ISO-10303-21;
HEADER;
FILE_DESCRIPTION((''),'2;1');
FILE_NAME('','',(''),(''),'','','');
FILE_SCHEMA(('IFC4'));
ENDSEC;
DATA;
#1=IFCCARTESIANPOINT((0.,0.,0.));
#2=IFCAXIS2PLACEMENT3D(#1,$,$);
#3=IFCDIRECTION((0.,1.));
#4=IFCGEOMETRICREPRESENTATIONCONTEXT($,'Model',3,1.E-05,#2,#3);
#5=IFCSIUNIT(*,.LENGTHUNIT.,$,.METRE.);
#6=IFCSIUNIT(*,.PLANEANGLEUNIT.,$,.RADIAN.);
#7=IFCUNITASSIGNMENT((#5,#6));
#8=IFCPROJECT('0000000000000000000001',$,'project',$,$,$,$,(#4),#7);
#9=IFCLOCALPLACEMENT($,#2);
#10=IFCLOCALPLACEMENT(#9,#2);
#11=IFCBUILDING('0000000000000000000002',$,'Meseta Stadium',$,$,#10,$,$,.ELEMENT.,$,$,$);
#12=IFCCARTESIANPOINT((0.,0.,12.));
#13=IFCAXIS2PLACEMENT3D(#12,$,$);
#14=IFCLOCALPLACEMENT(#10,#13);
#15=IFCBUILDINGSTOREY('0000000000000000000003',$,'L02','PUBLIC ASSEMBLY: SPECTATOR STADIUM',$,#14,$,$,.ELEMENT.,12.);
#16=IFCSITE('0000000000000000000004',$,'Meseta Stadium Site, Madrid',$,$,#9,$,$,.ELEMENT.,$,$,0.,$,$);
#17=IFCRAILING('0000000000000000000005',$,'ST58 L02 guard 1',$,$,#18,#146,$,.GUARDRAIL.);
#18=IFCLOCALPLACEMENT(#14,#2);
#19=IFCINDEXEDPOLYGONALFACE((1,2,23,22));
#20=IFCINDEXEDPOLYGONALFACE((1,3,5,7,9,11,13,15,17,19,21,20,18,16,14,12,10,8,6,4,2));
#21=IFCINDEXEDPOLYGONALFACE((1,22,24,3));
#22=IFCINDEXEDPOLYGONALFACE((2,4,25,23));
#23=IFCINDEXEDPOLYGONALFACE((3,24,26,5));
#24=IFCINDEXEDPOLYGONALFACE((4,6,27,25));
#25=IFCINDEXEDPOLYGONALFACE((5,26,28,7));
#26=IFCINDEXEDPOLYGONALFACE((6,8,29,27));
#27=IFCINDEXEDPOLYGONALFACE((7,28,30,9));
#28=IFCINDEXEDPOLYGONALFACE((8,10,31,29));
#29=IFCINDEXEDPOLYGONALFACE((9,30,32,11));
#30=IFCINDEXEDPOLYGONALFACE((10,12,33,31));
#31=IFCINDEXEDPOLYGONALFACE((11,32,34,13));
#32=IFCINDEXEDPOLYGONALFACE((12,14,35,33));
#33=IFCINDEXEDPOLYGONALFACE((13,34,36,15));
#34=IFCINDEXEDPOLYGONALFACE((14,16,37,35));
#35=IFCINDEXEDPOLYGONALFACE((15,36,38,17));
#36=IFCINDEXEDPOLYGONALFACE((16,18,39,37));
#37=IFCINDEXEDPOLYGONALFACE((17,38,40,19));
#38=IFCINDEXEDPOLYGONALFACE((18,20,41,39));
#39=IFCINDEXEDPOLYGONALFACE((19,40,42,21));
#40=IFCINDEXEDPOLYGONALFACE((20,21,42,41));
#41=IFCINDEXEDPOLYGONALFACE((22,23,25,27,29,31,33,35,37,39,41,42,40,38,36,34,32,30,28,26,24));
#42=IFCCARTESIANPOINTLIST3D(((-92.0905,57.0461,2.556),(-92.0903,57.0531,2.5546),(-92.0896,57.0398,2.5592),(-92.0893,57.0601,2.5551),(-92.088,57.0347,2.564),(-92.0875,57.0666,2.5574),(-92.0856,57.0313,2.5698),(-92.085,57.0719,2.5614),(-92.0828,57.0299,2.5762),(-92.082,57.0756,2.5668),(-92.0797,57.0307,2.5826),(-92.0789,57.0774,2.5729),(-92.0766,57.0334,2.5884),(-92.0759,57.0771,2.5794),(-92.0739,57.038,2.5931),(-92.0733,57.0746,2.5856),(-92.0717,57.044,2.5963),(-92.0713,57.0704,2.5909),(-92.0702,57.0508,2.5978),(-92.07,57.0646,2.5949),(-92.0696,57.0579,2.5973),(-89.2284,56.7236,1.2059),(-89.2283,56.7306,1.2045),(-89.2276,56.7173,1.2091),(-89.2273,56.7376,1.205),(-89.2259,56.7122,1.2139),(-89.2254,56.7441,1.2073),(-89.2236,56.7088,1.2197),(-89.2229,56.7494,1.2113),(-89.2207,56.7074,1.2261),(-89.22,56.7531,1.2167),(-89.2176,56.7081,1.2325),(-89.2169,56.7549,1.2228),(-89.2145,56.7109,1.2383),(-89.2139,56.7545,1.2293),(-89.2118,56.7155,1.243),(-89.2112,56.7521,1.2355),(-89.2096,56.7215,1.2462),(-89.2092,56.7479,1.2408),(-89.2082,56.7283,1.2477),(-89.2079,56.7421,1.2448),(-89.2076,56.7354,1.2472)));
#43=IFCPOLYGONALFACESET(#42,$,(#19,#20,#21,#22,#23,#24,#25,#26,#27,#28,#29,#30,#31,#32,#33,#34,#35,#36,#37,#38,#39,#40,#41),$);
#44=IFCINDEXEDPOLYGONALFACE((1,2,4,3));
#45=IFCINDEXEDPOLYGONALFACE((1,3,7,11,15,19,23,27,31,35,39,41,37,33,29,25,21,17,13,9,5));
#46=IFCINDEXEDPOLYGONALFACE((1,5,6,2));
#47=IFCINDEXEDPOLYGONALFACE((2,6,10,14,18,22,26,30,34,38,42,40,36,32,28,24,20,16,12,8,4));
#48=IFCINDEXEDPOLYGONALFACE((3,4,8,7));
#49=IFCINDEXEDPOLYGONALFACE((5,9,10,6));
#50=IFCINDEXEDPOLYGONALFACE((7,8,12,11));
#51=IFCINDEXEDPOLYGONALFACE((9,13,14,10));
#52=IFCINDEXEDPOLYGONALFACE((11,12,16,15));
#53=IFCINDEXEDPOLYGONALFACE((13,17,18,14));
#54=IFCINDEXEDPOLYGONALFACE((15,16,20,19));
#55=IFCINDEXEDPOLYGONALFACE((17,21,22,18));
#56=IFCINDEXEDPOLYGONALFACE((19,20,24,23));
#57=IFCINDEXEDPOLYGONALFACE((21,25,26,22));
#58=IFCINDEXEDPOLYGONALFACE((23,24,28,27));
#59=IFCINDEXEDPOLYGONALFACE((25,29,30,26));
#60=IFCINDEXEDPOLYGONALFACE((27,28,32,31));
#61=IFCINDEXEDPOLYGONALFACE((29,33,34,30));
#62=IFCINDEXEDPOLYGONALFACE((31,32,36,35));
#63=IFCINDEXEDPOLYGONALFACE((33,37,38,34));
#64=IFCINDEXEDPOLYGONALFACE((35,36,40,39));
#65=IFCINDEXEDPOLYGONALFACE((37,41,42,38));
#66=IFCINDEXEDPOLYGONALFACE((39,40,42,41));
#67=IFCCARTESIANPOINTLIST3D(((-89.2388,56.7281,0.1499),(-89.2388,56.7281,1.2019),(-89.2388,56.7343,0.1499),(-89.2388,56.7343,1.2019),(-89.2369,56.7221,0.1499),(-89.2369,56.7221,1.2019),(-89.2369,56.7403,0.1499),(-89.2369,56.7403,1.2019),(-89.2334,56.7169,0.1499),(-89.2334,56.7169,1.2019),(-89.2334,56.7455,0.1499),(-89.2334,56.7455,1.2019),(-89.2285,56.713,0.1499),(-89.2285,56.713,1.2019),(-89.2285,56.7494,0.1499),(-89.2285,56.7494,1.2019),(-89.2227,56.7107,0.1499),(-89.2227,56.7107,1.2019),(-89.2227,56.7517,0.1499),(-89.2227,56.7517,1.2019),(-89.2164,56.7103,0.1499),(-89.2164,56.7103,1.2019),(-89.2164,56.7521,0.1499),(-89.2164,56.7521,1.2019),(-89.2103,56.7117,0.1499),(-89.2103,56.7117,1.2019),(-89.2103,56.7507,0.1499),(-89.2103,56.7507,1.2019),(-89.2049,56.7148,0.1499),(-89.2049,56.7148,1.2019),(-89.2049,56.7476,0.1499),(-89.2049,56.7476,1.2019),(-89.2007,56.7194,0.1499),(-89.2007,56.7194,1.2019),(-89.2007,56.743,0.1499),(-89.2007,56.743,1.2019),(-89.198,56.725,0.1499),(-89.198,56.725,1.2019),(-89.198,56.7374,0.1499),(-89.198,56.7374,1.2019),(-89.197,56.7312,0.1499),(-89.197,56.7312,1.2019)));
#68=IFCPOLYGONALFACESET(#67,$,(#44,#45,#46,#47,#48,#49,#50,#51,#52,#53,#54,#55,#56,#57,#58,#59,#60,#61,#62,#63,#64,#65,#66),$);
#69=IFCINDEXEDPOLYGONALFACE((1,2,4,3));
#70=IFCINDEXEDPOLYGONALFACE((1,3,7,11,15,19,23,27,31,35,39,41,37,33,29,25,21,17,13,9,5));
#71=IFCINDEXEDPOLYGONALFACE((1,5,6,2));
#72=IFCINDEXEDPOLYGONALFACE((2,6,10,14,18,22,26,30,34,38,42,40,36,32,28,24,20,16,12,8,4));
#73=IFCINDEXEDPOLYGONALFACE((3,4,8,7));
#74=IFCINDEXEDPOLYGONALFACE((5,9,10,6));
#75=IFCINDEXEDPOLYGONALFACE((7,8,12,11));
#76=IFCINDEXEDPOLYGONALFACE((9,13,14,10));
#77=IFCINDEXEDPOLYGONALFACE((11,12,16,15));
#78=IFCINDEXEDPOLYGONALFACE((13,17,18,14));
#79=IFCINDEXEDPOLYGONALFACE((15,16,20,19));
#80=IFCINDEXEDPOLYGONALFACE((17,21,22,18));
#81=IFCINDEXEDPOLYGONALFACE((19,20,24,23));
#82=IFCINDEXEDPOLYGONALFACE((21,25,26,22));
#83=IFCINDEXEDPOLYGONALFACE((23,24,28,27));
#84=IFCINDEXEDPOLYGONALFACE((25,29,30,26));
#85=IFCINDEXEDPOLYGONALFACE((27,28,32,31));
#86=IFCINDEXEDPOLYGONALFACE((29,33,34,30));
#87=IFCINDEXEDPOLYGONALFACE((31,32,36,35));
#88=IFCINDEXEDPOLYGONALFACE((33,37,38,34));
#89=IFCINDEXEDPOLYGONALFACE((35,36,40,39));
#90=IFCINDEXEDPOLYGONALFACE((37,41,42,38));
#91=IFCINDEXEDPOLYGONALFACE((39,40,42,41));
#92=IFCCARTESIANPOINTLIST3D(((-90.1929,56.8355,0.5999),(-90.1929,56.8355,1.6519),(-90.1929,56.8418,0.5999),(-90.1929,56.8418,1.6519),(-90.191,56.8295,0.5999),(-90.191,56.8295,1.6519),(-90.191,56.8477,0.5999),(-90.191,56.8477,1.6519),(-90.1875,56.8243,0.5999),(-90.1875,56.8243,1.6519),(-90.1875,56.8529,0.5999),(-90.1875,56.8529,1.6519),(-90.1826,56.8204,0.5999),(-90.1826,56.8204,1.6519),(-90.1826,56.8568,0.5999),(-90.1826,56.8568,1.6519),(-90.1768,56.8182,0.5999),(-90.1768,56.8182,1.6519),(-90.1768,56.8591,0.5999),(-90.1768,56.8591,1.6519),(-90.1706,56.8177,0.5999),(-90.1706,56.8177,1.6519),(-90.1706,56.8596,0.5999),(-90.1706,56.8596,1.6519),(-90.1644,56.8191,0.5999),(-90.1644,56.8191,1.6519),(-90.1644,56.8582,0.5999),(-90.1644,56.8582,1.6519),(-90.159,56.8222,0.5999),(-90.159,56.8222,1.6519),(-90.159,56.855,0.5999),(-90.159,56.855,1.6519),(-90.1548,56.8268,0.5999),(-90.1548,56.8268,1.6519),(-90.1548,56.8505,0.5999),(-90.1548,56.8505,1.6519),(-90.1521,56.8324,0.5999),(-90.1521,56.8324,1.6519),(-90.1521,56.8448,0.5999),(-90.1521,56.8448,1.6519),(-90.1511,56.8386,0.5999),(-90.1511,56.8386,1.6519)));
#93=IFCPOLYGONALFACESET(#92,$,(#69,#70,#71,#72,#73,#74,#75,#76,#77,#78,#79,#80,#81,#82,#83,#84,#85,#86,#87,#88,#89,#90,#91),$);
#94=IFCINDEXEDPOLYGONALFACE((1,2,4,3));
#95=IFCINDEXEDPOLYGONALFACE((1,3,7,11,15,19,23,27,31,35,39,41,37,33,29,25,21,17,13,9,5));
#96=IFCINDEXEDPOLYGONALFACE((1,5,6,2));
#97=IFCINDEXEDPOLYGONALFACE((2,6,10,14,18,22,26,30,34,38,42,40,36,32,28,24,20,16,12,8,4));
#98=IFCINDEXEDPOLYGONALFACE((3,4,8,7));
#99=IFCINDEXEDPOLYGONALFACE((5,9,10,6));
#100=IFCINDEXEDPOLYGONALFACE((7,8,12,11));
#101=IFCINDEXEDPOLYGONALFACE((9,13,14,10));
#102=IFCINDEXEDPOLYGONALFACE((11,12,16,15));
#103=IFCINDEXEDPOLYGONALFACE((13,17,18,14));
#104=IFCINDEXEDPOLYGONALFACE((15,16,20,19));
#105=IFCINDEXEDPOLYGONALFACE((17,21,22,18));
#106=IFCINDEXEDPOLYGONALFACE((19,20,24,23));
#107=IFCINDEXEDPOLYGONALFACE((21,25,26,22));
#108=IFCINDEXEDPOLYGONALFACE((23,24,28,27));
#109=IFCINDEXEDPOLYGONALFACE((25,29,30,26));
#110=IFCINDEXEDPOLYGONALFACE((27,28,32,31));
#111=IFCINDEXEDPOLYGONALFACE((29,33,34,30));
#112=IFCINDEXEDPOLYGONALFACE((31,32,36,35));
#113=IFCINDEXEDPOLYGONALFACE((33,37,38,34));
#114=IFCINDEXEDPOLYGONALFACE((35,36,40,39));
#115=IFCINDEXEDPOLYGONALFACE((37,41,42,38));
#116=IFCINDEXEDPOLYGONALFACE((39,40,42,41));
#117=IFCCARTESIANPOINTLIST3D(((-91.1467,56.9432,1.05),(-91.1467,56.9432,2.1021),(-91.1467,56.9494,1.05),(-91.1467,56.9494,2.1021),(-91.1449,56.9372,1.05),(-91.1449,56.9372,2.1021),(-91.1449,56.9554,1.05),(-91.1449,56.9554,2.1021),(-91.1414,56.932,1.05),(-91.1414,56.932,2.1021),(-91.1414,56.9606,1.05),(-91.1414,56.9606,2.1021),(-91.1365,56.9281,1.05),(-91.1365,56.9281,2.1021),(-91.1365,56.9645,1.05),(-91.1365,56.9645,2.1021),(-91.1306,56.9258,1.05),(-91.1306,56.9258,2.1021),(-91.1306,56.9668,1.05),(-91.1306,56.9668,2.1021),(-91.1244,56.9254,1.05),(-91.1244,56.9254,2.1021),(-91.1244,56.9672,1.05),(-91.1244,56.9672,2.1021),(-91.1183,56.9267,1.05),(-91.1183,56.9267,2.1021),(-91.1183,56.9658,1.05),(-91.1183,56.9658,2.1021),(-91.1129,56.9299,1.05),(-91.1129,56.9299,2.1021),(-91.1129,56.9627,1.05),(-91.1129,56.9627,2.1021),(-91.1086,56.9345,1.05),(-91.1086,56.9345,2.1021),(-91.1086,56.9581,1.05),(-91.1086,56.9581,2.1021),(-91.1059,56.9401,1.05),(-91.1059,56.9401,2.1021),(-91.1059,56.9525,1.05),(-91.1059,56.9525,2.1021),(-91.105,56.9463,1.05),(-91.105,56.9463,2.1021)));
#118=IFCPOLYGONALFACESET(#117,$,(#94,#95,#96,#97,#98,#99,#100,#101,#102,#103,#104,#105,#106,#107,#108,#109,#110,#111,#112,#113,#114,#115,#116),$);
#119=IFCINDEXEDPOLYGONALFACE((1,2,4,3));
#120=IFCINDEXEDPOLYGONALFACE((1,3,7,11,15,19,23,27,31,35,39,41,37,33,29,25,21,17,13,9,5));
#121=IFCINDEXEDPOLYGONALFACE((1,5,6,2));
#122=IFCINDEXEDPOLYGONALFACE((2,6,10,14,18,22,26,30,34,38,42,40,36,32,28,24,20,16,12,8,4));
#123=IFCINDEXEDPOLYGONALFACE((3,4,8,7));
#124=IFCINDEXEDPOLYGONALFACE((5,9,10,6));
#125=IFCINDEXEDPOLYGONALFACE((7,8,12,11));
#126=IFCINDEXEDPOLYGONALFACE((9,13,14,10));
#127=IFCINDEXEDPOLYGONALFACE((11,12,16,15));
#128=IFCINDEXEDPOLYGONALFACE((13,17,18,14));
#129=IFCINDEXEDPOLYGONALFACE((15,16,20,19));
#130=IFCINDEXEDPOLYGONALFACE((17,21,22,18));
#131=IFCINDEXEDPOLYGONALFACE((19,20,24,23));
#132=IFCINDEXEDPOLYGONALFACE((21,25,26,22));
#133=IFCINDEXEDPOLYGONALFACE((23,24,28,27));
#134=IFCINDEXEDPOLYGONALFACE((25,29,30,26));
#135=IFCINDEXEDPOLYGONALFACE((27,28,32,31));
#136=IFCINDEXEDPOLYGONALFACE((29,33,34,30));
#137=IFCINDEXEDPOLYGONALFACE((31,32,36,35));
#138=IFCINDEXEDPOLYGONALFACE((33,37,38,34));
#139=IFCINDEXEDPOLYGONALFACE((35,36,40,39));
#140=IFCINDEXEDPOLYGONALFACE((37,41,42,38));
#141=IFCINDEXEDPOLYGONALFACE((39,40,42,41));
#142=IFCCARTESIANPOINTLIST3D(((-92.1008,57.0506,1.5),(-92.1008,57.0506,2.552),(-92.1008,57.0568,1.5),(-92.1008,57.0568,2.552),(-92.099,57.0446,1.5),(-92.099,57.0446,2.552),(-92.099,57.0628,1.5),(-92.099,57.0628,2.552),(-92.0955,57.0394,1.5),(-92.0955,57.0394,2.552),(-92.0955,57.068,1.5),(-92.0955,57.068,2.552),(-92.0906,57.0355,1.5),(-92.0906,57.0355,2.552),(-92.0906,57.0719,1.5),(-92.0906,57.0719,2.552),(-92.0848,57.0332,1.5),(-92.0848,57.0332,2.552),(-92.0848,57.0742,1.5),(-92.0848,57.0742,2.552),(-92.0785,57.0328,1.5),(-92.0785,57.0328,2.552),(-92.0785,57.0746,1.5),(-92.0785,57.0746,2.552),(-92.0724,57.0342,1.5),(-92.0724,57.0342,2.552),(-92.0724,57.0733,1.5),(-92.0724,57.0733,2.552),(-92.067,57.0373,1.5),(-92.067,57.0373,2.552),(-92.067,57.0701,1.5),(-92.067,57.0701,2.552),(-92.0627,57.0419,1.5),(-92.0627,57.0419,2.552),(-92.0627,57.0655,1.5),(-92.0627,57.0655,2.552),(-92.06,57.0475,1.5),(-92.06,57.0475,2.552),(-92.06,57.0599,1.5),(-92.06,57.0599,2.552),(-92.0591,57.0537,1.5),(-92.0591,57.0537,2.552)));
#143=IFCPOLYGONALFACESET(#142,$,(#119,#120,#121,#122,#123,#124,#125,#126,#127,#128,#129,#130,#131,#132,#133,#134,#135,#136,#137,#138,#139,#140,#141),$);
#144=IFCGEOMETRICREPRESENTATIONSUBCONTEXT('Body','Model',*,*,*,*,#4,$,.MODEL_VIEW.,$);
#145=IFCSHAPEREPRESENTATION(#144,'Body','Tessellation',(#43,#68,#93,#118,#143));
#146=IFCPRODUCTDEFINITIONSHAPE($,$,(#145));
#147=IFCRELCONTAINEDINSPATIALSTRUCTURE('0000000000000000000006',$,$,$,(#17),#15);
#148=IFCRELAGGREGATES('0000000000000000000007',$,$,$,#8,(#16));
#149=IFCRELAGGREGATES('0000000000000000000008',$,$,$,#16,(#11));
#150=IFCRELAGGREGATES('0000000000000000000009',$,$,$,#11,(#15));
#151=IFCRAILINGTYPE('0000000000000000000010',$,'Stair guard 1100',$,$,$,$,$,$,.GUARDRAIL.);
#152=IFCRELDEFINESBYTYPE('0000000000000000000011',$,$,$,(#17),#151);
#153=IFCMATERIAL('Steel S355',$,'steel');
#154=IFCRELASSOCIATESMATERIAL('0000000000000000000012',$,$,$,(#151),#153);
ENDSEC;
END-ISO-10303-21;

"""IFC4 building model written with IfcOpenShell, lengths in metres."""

from ifc_helpers import new_model, si_unit, direction, frame, origin, origin_2d, place, context, subcontext, project, spatial, circle, extrude, material, type_object, element, save


model = new_model("IFC4")

# Units and contexts
model_context = context("Model", 3, precision=1e-05, world=origin(), true_north=direction((0.0, 1.0)))
body_context = subcontext(model_context, "Body", "Model", "MODEL_VIEW")
ifc_project = project(units=[si_unit("LENGTHUNIT", "METRE"), si_unit("PLANEANGLEUNIT", "RADIAN")], contexts=[model_context])

# Site, building, storey
site_placement = place(None, origin())
site = spatial("IfcSite", under=ifc_project, at=site_placement, Name="Meseta Stadium Site, Madrid", CompositionType="ELEMENT", RefElevation=0.0)
building_placement = place(site_placement, origin())
building = spatial("IfcBuilding", under=site, at=building_placement, Name="Meseta Stadium", CompositionType="ELEMENT")
storey_placement = place(building_placement, frame((0.0, 0.0, 12.0)))
storey = spatial("IfcBuildingStorey", under=building, at=storey_placement, Name="L02", Description="PUBLIC ASSEMBLY: SPECTATOR STADIUM", CompositionType="ELEMENT", Elevation=12.0)

# Railing
ifc_material_1 = material(Name="Steel S355", Category="steel")
railing_type_1 = type_object("IfcRailingType", Name="Stair guard 1100", PredefinedType="GUARDRAIL", material=ifc_material_1)
railing_1_placement = place(storey_placement, frame((-89.218, 56.7312, 0.1499)))
element("IfcRailing", 1, at=railing_1_placement, inside=storey, type_object=railing_type_1, Name="ST58 L02 guard 1", PredefinedType="GUARDRAIL", context=body_context, shape_type="SweptSolid", body=[
    extrude(circle(Radius=0.0239, at=origin_2d()), frame((0.0, 0.0, 1.0762), z_axis=(-0.899763, 0.101389, 0.424438), x_axis=(-0.111976, -0.993711, 0.0)), (0.0, 0.0, 1.0), 3.1809),
    extrude(circle(Radius=0.021, at=origin_2d()), origin(), (0.0, 0.0, 1.0), 1.052),
    extrude(circle(Radius=0.021, at=origin_2d()), frame((-0.9541, 0.1074, 0.45)), (0.0, 0.0, 1.0), 1.052),
    extrude(circle(Radius=0.021, at=origin_2d()), frame((-1.908, 0.2151, 0.9001)), (0.0, 0.0, 1.0), 1.052),
    extrude(circle(Radius=0.021, at=origin_2d()), frame((-2.8621, 0.3225, 1.3501)), (0.0, 0.0, 1.0), 1.052),
])

save(model, "model.ifc")
